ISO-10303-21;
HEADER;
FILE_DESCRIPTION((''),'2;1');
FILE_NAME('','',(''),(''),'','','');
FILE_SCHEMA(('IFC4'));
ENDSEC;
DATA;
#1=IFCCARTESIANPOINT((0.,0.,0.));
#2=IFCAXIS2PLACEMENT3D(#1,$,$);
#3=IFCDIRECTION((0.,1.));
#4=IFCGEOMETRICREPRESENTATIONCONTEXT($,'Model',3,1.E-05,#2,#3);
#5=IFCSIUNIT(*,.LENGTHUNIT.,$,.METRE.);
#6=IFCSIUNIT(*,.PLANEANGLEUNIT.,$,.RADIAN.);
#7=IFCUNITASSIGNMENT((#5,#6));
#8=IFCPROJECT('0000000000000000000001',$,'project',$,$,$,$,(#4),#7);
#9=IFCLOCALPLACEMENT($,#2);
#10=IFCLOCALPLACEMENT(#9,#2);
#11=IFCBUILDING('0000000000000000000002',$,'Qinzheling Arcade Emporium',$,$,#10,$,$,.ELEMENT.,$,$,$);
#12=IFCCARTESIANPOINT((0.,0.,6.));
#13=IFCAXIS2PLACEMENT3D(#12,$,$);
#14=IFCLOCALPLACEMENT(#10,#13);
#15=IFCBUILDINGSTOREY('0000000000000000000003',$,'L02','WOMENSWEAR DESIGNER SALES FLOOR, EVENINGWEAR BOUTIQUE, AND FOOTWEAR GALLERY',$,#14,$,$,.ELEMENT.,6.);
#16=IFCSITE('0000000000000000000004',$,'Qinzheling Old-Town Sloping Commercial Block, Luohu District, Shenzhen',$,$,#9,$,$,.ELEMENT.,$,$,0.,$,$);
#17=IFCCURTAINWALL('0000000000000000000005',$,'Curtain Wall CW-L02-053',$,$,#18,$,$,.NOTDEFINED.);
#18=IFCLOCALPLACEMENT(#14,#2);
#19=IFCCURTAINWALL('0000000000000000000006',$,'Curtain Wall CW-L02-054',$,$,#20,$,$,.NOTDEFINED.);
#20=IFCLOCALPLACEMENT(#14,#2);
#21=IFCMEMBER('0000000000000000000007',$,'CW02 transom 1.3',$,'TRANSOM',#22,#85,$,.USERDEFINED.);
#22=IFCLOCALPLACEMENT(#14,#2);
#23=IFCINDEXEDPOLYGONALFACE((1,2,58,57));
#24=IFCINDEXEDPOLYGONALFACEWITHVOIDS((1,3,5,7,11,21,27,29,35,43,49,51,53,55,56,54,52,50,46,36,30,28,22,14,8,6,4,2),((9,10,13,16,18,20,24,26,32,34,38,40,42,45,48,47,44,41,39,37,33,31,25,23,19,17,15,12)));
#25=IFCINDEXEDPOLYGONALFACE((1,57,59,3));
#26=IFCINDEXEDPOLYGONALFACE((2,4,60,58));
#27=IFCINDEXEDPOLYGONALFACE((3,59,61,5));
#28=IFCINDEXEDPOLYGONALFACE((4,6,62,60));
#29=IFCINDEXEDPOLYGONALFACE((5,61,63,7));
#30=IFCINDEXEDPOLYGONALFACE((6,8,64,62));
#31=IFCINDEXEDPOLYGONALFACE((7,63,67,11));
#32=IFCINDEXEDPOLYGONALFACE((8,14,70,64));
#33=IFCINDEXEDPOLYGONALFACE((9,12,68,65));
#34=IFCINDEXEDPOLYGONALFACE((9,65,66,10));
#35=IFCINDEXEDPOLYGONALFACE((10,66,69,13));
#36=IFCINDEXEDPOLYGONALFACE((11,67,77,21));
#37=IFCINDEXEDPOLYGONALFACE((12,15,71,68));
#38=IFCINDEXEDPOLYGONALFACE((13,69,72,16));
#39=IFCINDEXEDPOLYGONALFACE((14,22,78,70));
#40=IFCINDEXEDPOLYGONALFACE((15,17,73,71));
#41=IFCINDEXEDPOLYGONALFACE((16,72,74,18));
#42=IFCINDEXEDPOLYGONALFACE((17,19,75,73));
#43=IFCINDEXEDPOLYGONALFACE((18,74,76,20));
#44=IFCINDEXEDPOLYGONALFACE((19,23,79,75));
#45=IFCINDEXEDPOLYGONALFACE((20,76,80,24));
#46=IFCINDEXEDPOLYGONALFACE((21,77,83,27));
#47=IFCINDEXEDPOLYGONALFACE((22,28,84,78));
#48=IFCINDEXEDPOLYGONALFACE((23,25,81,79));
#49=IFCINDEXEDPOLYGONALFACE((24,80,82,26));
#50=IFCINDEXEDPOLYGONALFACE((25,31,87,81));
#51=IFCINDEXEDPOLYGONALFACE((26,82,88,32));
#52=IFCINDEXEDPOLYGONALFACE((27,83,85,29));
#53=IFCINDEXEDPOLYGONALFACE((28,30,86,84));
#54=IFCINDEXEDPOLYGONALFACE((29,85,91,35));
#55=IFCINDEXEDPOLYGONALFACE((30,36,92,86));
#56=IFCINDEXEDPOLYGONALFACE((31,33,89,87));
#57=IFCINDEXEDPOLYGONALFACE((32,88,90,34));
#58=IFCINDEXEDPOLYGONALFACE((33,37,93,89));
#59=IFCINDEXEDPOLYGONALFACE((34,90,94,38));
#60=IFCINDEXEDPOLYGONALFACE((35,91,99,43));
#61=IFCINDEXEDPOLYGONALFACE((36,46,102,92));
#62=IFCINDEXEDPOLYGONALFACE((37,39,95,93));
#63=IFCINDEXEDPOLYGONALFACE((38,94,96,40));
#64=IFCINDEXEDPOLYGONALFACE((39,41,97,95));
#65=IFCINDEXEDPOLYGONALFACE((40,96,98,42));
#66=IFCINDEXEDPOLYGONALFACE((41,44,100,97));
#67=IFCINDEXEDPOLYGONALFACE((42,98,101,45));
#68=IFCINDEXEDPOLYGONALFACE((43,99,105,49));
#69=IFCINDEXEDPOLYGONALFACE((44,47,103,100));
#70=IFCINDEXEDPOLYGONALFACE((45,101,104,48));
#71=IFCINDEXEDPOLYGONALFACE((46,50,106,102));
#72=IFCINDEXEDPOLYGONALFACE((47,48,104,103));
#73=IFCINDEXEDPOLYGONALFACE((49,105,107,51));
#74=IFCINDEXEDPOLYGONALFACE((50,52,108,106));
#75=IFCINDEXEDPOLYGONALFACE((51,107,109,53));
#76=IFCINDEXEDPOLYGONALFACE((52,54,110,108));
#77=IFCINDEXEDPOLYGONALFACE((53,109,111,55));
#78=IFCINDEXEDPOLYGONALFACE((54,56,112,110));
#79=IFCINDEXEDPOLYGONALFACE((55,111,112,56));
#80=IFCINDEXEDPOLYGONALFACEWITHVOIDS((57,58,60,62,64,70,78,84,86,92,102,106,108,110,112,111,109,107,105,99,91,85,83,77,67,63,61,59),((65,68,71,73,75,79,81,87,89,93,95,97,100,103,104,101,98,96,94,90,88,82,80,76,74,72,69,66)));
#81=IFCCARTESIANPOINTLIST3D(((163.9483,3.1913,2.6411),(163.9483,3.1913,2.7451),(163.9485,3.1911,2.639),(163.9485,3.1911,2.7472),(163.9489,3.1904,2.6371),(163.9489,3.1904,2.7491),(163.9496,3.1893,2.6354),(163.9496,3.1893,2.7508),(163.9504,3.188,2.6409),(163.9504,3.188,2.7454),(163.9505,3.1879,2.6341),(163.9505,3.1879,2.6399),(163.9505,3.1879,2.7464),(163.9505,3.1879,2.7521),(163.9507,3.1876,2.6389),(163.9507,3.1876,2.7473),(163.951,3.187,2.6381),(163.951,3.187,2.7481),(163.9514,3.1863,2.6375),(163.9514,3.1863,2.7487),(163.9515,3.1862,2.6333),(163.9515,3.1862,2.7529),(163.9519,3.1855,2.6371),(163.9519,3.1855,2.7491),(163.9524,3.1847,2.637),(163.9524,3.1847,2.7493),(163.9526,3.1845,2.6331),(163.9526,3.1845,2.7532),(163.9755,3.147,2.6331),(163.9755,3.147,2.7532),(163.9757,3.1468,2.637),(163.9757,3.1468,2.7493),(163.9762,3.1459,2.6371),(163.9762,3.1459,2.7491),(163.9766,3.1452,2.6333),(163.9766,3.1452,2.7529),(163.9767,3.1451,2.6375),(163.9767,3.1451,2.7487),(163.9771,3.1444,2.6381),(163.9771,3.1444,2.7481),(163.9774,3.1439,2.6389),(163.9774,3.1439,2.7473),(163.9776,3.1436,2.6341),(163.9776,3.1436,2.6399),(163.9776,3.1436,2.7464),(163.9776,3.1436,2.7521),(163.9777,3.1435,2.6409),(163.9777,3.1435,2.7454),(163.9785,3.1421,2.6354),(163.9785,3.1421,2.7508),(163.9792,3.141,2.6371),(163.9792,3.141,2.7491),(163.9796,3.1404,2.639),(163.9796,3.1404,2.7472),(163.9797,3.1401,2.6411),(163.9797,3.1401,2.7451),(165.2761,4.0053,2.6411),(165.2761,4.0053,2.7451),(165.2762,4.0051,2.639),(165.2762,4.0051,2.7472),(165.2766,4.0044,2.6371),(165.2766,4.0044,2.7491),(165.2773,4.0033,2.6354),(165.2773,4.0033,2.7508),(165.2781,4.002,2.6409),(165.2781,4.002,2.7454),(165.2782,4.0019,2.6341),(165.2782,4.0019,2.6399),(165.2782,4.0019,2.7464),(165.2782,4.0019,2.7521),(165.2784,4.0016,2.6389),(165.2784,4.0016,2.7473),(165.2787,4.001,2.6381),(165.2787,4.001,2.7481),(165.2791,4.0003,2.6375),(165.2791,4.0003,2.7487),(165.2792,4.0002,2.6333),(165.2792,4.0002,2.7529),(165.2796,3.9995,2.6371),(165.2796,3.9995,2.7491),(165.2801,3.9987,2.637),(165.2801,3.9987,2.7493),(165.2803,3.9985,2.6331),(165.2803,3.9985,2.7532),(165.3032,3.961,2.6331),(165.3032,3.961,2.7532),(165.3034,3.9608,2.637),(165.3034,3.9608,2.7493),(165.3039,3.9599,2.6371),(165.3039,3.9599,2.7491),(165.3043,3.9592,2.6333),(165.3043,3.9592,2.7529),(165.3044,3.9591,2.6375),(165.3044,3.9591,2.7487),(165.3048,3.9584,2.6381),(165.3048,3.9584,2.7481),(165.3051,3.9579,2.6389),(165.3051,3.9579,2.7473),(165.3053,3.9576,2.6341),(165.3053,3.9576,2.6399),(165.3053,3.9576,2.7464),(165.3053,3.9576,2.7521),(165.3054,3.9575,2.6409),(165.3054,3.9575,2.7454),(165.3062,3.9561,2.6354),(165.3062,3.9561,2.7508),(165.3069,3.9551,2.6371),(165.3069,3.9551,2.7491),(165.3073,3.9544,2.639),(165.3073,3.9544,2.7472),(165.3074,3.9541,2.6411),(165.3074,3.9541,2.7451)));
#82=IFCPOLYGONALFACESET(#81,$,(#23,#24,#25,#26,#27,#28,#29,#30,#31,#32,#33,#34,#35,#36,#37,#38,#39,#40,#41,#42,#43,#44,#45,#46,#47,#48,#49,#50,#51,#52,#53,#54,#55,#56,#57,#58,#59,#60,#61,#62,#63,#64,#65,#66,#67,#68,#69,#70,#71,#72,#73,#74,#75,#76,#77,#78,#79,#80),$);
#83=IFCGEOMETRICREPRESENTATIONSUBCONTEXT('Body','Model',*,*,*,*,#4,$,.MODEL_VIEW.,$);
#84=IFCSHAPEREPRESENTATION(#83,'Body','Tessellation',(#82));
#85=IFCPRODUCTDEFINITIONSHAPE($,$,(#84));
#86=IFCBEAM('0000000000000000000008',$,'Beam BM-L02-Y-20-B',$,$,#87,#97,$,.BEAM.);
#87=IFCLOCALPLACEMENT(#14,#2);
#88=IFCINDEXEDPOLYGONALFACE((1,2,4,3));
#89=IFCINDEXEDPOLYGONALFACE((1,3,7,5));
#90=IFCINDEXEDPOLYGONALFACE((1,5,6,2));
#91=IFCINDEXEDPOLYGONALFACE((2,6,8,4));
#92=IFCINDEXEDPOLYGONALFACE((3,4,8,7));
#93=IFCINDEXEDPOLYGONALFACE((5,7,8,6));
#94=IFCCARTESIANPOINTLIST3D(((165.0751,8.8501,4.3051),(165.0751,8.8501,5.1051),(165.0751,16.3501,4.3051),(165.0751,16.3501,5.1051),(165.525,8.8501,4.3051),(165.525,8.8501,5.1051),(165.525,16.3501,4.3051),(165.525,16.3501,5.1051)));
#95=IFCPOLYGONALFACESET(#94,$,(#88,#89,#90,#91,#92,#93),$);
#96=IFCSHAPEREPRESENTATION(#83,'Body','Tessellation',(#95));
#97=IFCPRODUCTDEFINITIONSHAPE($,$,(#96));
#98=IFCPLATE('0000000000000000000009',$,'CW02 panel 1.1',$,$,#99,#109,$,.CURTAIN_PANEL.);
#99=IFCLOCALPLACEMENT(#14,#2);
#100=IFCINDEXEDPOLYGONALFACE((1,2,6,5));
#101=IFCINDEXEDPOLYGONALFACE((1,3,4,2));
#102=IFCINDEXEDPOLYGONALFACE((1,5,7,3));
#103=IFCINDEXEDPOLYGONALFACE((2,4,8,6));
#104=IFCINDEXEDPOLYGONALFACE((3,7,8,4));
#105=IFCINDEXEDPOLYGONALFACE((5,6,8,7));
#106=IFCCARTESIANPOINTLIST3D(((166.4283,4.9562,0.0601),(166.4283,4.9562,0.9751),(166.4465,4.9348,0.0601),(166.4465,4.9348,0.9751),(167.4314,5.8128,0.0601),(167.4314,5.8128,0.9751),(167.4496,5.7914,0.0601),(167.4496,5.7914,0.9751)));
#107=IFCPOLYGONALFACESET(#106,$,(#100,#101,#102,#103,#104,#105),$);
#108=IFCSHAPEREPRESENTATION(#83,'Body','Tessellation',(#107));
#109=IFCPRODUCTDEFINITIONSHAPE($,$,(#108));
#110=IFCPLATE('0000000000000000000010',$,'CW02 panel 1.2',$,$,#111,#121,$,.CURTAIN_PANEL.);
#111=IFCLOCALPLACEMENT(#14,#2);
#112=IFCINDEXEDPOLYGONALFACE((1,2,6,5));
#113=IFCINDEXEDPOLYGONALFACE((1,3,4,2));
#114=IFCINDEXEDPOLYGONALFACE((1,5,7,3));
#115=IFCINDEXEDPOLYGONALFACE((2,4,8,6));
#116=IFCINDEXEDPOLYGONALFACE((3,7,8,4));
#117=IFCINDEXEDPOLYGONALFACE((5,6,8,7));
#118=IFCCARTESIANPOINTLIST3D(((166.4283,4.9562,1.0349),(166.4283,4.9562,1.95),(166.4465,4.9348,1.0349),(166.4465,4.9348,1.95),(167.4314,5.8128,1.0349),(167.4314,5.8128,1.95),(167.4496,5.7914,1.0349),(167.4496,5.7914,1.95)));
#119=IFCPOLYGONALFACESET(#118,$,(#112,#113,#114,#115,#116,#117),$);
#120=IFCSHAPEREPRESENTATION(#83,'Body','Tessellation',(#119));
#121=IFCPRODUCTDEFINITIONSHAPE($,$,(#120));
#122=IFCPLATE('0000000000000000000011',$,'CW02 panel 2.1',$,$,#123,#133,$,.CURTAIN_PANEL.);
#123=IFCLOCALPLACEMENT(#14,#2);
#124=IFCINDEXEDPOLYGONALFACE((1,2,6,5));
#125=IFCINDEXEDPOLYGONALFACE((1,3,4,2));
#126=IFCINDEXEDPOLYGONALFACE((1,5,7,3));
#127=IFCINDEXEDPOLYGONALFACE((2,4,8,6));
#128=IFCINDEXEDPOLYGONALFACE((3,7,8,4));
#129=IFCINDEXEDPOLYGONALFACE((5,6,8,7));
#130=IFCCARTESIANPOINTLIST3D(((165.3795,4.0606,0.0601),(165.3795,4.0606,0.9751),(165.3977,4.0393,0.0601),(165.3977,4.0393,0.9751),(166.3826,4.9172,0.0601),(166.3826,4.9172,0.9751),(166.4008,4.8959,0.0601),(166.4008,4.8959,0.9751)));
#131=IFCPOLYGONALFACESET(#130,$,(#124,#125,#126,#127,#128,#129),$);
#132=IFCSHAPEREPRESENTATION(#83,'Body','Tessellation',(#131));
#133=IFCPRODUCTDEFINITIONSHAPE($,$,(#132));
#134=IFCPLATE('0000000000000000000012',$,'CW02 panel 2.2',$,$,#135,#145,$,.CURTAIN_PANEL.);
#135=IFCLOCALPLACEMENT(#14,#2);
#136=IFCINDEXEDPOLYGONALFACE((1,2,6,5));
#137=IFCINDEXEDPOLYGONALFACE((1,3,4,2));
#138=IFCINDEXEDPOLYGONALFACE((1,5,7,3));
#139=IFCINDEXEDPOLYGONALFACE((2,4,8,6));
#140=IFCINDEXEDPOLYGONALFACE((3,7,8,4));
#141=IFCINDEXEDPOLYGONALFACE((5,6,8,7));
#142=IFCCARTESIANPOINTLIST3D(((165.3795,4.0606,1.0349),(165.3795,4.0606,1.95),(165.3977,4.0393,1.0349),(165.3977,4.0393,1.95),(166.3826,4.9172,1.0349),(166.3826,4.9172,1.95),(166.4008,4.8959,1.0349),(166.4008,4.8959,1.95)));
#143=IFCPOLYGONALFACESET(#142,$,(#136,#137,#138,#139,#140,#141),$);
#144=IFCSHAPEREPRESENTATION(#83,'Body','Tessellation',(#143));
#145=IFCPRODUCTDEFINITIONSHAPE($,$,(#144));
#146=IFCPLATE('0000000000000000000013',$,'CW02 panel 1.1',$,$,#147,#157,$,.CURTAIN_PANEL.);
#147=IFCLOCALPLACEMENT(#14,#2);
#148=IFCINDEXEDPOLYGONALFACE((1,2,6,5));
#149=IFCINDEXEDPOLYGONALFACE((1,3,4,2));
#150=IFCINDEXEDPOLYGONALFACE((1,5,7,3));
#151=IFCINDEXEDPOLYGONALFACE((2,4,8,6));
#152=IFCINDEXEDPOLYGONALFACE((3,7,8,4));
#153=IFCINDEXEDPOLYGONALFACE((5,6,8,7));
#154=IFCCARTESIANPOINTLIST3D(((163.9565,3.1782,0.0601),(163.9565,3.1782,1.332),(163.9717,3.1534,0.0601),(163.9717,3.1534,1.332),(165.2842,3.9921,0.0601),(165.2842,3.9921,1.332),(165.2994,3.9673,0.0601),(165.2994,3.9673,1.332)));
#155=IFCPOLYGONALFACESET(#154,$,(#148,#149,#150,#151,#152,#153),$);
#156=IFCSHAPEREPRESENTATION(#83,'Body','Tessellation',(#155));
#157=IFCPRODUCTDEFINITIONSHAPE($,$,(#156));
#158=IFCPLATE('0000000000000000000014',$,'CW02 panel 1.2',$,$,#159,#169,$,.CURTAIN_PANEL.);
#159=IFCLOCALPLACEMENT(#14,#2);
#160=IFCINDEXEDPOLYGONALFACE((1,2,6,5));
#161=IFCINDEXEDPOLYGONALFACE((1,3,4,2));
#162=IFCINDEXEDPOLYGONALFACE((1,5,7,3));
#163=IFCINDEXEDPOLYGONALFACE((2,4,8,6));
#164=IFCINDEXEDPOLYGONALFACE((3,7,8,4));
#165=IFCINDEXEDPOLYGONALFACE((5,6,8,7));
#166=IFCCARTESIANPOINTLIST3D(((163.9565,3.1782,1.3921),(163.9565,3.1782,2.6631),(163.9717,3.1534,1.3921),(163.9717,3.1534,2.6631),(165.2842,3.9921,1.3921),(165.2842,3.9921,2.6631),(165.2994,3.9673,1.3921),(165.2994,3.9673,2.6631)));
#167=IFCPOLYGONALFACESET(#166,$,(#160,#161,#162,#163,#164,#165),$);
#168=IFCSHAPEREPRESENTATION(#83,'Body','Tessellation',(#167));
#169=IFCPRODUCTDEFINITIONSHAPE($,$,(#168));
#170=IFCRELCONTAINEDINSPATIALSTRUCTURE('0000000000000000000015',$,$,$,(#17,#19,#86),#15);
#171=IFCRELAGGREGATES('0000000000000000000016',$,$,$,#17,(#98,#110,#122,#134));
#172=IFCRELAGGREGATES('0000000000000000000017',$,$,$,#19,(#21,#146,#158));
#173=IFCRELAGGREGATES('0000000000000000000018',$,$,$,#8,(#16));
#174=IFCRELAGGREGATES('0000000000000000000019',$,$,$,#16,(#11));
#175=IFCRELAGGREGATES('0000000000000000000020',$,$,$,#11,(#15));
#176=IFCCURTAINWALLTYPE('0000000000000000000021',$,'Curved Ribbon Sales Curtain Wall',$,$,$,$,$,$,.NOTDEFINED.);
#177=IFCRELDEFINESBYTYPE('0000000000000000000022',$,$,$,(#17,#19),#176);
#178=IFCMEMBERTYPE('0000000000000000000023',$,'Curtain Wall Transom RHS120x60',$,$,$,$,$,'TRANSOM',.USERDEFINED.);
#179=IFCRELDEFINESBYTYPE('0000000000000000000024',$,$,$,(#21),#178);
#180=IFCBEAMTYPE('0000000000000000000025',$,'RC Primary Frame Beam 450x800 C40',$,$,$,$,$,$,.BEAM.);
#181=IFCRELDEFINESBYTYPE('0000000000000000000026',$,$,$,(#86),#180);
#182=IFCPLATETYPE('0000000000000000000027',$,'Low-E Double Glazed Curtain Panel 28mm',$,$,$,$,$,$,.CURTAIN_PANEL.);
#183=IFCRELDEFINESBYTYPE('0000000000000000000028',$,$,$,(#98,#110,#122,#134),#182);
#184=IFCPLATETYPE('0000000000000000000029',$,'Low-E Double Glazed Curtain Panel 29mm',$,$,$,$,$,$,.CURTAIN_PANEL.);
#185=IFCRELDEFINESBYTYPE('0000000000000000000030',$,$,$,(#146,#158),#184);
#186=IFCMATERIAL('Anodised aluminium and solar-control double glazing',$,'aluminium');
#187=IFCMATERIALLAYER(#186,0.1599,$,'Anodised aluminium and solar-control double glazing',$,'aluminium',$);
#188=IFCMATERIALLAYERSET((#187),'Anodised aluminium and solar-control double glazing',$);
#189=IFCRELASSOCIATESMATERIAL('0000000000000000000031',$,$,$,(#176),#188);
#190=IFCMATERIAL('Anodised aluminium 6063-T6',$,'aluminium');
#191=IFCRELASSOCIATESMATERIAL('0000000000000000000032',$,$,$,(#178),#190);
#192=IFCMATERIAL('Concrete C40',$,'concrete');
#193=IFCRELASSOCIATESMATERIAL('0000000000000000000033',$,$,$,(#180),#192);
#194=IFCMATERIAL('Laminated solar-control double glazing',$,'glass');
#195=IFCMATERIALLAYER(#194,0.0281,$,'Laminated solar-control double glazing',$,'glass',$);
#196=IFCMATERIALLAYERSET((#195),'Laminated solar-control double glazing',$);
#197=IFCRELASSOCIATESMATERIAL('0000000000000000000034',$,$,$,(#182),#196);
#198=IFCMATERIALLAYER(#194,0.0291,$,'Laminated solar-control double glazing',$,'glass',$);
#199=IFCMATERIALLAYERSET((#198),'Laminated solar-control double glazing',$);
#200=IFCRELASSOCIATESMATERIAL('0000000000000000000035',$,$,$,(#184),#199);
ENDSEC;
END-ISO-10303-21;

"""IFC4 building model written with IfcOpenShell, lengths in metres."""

from ifc_helpers import new_model, si_unit, direction, frame, origin, origin_2d, place, context, subcontext, project, spatial, rectangle, hollow_rectangle, extrude, material, layer, layer_set, material_profile, profile_set, type_object, element, aggregate, save


model = new_model("IFC4")

# Units and contexts
model_context = context("Model", 3, precision=1e-05, world=origin(), true_north=direction((0.0, 1.0)))
body_context = subcontext(model_context, "Body", "Model", "MODEL_VIEW")
ifc_project = project(units=[si_unit("LENGTHUNIT", "METRE"), si_unit("PLANEANGLEUNIT", "RADIAN")], contexts=[model_context])

# Site, building, storey
site_placement = place(None, origin())
site = spatial("IfcSite", under=ifc_project, at=site_placement, Name="Qinzheling Old-Town Sloping Commercial Block, Luohu District, Shenzhen", CompositionType="ELEMENT", RefElevation=0.0)
building_placement = place(site_placement, origin())
building = spatial("IfcBuilding", under=site, at=building_placement, Name="Qinzheling Arcade Emporium", CompositionType="ELEMENT")
storey_placement = place(building_placement, frame((0.0, 0.0, 6.0)))
storey = spatial("IfcBuildingStorey", under=building, at=storey_placement, Name="L02", Description="WOMENSWEAR DESIGNER SALES FLOOR, EVENINGWEAR BOUTIQUE, AND FOOTWEAR GALLERY", CompositionType="ELEMENT", Elevation=6.0)

# Curtain wall
ifc_material_1 = material(Name="Anodised aluminium and solar-control double glazing", Category="aluminium")
ifc_layer_1 = layer(ifc_material_1, 0.1599, Name="Anodised aluminium and solar-control double glazing", Category="aluminium")
ifc_layer_set_1 = layer_set([ifc_layer_1], Name="Anodised aluminium and solar-control double glazing")
curtain_wall_type = type_object("IfcCurtainWallType", Name="Curved Ribbon Sales Curtain Wall", PredefinedType="NOTDEFINED", material=ifc_layer_set_1)
curtain_wall_1_placement = place(storey_placement, origin())
curtain_wall_1 = element("IfcCurtainWall", 1, at=curtain_wall_1_placement, inside=storey, type_object=curtain_wall_type, Name="Curtain Wall CW-L02-053", PredefinedType="NOTDEFINED")
ifc_material_2 = material(Name="Anodised aluminium 6063-T6", Category="aluminium")

# Curtain wall
curtain_wall_2_placement = place(storey_placement, origin())
curtain_wall_2 = element("IfcCurtainWall", 2, at=curtain_wall_2_placement, inside=storey, type_object=curtain_wall_type, Name="Curtain Wall CW-L02-054", PredefinedType="NOTDEFINED")

# Member
ifc_material_profile_1 = material_profile(ifc_material_2, hollow_rectangle(XDim=0.0601, YDim=0.1201, WallThickness=0.0039, InnerFilletRadius=0.0039, OuterFilletRadius=0.0081, at=origin_2d()), Name="RHS 120x60x4", Category="aluminium")
ifc_profile_set_1 = profile_set([ifc_material_profile_1], Name="Anodised aluminium 6063-T6")
member_type_1 = type_object("IfcMemberType", Name="Curtain Wall Transom RHS120x60", ElementType="TRANSOM", PredefinedType="USERDEFINED", material=ifc_profile_set_1)
member_1_placement = place(storey_placement, frame((165.2917, 3.9797, 2.6931), z_axis=(-0.852529, -0.52268, 0.0), x_axis=(0.52268, -0.852529, 0.0)))
member_1 = element("IfcMember", 3, at=member_1_placement, type_object=member_type_1, Name="CW02 transom 1.3", ObjectType="TRANSOM", PredefinedType="USERDEFINED", context=body_context, shape_type="SweptSolid", body=[
    extrude(hollow_rectangle(XDim=0.0601, YDim=0.1201, WallThickness=0.0039, InnerFilletRadius=0.0039, OuterFilletRadius=0.0081, at=origin_2d()), origin(), (0.0, 0.0, 1.0), 1.5574),
])

# Beam
ifc_material_3 = material(Name="Concrete C40", Category="concrete")
ifc_material_profile_2 = material_profile(ifc_material_3, rectangle(XDim=0.45, YDim=0.8, at=origin_2d()), Name="RC 450x800", Category="concrete")
ifc_profile_set_2 = profile_set([ifc_material_profile_2], Name="Concrete C40")
beam_type_1 = type_object("IfcBeamType", Name="RC Primary Frame Beam 450x800 C40", PredefinedType="BEAM", material=ifc_profile_set_2)
beam_1_placement = place(storey_placement, frame((165.3, 8.8501, 4.7051), z_axis=(0.0, 1.0, 0.0), x_axis=(-1.0, 0.0, 0.0)))
element("IfcBeam", 4, at=beam_1_placement, inside=storey, type_object=beam_type_1, Name="Beam BM-L02-Y-20-B", PredefinedType="BEAM", context=body_context, shape_type="SweptSolid", body=[
    extrude(rectangle(XDim=0.45, YDim=0.8, at=origin_2d()), origin(), (0.0, 0.0, 1.0), 7.5),
])

# Plates
ifc_material_4 = material(Name="Laminated solar-control double glazing", Category="glass")
ifc_layer_2 = layer(ifc_material_4, 0.0281, Name="Laminated solar-control double glazing", Category="glass")
ifc_layer_set_2 = layer_set([ifc_layer_2], Name="Laminated solar-control double glazing")
plate_type_1 = type_object("IfcPlateType", Name="Low-E Double Glazed Curtain Panel 28mm", PredefinedType="CURTAIN_PANEL", material=ifc_layer_set_2)
plate_1_placement = place(storey_placement, frame((166.939, 5.3738, 0.0601), z_axis=(0.0, 0.0, 1.0), x_axis=(-0.760458, -0.649388, 0.0)))
plate_1 = element("IfcPlate", 5, at=plate_1_placement, type_object=plate_type_1, Name="CW02 panel 1.1", PredefinedType="CURTAIN_PANEL", context=body_context, shape_type="SweptSolid", body=[
    extrude(rectangle(XDim=1.3191, YDim=0.0281, at=origin_2d()), origin(), (0.0, 0.0, 1.0), 0.915),
])
plate_2_placement = place(storey_placement, frame((166.939, 5.3738, 1.0349), z_axis=(0.0, 0.0, 1.0), x_axis=(-0.760458, -0.649388, 0.0)))
plate_2 = element("IfcPlate", 6, at=plate_2_placement, type_object=plate_type_1, Name="CW02 panel 1.2", PredefinedType="CURTAIN_PANEL", context=body_context, shape_type="SweptSolid", body=[
    extrude(rectangle(XDim=1.3191, YDim=0.0281, at=origin_2d()), origin(), (0.0, 0.0, 1.0), 0.915),
])
plate_3_placement = place(storey_placement, frame((165.8901, 4.4783, 0.0601), z_axis=(0.0, 0.0, 1.0), x_axis=(-0.760458, -0.649388, 0.0)))
plate_3 = element("IfcPlate", 7, at=plate_3_placement, type_object=plate_type_1, Name="CW02 panel 2.1", PredefinedType="CURTAIN_PANEL", context=body_context, shape_type="SweptSolid", body=[
    extrude(rectangle(XDim=1.3191, YDim=0.0281, at=origin_2d()), origin(), (0.0, 0.0, 1.0), 0.915),
])
plate_4_placement = place(storey_placement, frame((165.8901, 4.4783, 1.0349), z_axis=(0.0, 0.0, 1.0), x_axis=(-0.760458, -0.649388, 0.0)))
plate_4 = element("IfcPlate", 8, at=plate_4_placement, type_object=plate_type_1, Name="CW02 panel 2.2", PredefinedType="CURTAIN_PANEL", context=body_context, shape_type="SweptSolid", body=[
    extrude(rectangle(XDim=1.3191, YDim=0.0281, at=origin_2d()), origin(), (0.0, 0.0, 1.0), 0.915),
])
aggregate(curtain_wall_1, [plate_1, plate_2, plate_3, plate_4])
ifc_layer_3 = layer(ifc_material_4, 0.0291, Name="Laminated solar-control double glazing", Category="glass")
ifc_layer_set_3 = layer_set([ifc_layer_3], Name="Laminated solar-control double glazing")
plate_type_2 = type_object("IfcPlateType", Name="Low-E Double Glazed Curtain Panel 29mm", PredefinedType="CURTAIN_PANEL", material=ifc_layer_set_3)
plate_5_placement = place(storey_placement, frame((164.6279, 3.5728, 0.0601), z_axis=(0.0, 0.0, 1.0), x_axis=(-0.852553, -0.52264, 0.0)))
plate_5 = element("IfcPlate", 9, at=plate_5_placement, type_object=plate_type_2, Name="CW02 panel 1.1", PredefinedType="CURTAIN_PANEL", context=body_context, shape_type="SweptSolid", body=[
    extrude(rectangle(XDim=1.5574, YDim=0.0291, at=origin_2d()), origin(), (0.0, 0.0, 1.0), 1.272),
])
plate_6_placement = place(storey_placement, frame((164.6279, 3.5728, 1.3921), z_axis=(0.0, 0.0, 1.0), x_axis=(-0.852553, -0.52264, 0.0)))
plate_6 = element("IfcPlate", 10, at=plate_6_placement, type_object=plate_type_2, Name="CW02 panel 1.2", PredefinedType="CURTAIN_PANEL", context=body_context, shape_type="SweptSolid", body=[
    extrude(rectangle(XDim=1.5574, YDim=0.0291, at=origin_2d()), origin(), (0.0, 0.0, 1.0), 1.271),
])
aggregate(curtain_wall_2, [member_1, plate_5, plate_6])

save(model, "model.ifc")
